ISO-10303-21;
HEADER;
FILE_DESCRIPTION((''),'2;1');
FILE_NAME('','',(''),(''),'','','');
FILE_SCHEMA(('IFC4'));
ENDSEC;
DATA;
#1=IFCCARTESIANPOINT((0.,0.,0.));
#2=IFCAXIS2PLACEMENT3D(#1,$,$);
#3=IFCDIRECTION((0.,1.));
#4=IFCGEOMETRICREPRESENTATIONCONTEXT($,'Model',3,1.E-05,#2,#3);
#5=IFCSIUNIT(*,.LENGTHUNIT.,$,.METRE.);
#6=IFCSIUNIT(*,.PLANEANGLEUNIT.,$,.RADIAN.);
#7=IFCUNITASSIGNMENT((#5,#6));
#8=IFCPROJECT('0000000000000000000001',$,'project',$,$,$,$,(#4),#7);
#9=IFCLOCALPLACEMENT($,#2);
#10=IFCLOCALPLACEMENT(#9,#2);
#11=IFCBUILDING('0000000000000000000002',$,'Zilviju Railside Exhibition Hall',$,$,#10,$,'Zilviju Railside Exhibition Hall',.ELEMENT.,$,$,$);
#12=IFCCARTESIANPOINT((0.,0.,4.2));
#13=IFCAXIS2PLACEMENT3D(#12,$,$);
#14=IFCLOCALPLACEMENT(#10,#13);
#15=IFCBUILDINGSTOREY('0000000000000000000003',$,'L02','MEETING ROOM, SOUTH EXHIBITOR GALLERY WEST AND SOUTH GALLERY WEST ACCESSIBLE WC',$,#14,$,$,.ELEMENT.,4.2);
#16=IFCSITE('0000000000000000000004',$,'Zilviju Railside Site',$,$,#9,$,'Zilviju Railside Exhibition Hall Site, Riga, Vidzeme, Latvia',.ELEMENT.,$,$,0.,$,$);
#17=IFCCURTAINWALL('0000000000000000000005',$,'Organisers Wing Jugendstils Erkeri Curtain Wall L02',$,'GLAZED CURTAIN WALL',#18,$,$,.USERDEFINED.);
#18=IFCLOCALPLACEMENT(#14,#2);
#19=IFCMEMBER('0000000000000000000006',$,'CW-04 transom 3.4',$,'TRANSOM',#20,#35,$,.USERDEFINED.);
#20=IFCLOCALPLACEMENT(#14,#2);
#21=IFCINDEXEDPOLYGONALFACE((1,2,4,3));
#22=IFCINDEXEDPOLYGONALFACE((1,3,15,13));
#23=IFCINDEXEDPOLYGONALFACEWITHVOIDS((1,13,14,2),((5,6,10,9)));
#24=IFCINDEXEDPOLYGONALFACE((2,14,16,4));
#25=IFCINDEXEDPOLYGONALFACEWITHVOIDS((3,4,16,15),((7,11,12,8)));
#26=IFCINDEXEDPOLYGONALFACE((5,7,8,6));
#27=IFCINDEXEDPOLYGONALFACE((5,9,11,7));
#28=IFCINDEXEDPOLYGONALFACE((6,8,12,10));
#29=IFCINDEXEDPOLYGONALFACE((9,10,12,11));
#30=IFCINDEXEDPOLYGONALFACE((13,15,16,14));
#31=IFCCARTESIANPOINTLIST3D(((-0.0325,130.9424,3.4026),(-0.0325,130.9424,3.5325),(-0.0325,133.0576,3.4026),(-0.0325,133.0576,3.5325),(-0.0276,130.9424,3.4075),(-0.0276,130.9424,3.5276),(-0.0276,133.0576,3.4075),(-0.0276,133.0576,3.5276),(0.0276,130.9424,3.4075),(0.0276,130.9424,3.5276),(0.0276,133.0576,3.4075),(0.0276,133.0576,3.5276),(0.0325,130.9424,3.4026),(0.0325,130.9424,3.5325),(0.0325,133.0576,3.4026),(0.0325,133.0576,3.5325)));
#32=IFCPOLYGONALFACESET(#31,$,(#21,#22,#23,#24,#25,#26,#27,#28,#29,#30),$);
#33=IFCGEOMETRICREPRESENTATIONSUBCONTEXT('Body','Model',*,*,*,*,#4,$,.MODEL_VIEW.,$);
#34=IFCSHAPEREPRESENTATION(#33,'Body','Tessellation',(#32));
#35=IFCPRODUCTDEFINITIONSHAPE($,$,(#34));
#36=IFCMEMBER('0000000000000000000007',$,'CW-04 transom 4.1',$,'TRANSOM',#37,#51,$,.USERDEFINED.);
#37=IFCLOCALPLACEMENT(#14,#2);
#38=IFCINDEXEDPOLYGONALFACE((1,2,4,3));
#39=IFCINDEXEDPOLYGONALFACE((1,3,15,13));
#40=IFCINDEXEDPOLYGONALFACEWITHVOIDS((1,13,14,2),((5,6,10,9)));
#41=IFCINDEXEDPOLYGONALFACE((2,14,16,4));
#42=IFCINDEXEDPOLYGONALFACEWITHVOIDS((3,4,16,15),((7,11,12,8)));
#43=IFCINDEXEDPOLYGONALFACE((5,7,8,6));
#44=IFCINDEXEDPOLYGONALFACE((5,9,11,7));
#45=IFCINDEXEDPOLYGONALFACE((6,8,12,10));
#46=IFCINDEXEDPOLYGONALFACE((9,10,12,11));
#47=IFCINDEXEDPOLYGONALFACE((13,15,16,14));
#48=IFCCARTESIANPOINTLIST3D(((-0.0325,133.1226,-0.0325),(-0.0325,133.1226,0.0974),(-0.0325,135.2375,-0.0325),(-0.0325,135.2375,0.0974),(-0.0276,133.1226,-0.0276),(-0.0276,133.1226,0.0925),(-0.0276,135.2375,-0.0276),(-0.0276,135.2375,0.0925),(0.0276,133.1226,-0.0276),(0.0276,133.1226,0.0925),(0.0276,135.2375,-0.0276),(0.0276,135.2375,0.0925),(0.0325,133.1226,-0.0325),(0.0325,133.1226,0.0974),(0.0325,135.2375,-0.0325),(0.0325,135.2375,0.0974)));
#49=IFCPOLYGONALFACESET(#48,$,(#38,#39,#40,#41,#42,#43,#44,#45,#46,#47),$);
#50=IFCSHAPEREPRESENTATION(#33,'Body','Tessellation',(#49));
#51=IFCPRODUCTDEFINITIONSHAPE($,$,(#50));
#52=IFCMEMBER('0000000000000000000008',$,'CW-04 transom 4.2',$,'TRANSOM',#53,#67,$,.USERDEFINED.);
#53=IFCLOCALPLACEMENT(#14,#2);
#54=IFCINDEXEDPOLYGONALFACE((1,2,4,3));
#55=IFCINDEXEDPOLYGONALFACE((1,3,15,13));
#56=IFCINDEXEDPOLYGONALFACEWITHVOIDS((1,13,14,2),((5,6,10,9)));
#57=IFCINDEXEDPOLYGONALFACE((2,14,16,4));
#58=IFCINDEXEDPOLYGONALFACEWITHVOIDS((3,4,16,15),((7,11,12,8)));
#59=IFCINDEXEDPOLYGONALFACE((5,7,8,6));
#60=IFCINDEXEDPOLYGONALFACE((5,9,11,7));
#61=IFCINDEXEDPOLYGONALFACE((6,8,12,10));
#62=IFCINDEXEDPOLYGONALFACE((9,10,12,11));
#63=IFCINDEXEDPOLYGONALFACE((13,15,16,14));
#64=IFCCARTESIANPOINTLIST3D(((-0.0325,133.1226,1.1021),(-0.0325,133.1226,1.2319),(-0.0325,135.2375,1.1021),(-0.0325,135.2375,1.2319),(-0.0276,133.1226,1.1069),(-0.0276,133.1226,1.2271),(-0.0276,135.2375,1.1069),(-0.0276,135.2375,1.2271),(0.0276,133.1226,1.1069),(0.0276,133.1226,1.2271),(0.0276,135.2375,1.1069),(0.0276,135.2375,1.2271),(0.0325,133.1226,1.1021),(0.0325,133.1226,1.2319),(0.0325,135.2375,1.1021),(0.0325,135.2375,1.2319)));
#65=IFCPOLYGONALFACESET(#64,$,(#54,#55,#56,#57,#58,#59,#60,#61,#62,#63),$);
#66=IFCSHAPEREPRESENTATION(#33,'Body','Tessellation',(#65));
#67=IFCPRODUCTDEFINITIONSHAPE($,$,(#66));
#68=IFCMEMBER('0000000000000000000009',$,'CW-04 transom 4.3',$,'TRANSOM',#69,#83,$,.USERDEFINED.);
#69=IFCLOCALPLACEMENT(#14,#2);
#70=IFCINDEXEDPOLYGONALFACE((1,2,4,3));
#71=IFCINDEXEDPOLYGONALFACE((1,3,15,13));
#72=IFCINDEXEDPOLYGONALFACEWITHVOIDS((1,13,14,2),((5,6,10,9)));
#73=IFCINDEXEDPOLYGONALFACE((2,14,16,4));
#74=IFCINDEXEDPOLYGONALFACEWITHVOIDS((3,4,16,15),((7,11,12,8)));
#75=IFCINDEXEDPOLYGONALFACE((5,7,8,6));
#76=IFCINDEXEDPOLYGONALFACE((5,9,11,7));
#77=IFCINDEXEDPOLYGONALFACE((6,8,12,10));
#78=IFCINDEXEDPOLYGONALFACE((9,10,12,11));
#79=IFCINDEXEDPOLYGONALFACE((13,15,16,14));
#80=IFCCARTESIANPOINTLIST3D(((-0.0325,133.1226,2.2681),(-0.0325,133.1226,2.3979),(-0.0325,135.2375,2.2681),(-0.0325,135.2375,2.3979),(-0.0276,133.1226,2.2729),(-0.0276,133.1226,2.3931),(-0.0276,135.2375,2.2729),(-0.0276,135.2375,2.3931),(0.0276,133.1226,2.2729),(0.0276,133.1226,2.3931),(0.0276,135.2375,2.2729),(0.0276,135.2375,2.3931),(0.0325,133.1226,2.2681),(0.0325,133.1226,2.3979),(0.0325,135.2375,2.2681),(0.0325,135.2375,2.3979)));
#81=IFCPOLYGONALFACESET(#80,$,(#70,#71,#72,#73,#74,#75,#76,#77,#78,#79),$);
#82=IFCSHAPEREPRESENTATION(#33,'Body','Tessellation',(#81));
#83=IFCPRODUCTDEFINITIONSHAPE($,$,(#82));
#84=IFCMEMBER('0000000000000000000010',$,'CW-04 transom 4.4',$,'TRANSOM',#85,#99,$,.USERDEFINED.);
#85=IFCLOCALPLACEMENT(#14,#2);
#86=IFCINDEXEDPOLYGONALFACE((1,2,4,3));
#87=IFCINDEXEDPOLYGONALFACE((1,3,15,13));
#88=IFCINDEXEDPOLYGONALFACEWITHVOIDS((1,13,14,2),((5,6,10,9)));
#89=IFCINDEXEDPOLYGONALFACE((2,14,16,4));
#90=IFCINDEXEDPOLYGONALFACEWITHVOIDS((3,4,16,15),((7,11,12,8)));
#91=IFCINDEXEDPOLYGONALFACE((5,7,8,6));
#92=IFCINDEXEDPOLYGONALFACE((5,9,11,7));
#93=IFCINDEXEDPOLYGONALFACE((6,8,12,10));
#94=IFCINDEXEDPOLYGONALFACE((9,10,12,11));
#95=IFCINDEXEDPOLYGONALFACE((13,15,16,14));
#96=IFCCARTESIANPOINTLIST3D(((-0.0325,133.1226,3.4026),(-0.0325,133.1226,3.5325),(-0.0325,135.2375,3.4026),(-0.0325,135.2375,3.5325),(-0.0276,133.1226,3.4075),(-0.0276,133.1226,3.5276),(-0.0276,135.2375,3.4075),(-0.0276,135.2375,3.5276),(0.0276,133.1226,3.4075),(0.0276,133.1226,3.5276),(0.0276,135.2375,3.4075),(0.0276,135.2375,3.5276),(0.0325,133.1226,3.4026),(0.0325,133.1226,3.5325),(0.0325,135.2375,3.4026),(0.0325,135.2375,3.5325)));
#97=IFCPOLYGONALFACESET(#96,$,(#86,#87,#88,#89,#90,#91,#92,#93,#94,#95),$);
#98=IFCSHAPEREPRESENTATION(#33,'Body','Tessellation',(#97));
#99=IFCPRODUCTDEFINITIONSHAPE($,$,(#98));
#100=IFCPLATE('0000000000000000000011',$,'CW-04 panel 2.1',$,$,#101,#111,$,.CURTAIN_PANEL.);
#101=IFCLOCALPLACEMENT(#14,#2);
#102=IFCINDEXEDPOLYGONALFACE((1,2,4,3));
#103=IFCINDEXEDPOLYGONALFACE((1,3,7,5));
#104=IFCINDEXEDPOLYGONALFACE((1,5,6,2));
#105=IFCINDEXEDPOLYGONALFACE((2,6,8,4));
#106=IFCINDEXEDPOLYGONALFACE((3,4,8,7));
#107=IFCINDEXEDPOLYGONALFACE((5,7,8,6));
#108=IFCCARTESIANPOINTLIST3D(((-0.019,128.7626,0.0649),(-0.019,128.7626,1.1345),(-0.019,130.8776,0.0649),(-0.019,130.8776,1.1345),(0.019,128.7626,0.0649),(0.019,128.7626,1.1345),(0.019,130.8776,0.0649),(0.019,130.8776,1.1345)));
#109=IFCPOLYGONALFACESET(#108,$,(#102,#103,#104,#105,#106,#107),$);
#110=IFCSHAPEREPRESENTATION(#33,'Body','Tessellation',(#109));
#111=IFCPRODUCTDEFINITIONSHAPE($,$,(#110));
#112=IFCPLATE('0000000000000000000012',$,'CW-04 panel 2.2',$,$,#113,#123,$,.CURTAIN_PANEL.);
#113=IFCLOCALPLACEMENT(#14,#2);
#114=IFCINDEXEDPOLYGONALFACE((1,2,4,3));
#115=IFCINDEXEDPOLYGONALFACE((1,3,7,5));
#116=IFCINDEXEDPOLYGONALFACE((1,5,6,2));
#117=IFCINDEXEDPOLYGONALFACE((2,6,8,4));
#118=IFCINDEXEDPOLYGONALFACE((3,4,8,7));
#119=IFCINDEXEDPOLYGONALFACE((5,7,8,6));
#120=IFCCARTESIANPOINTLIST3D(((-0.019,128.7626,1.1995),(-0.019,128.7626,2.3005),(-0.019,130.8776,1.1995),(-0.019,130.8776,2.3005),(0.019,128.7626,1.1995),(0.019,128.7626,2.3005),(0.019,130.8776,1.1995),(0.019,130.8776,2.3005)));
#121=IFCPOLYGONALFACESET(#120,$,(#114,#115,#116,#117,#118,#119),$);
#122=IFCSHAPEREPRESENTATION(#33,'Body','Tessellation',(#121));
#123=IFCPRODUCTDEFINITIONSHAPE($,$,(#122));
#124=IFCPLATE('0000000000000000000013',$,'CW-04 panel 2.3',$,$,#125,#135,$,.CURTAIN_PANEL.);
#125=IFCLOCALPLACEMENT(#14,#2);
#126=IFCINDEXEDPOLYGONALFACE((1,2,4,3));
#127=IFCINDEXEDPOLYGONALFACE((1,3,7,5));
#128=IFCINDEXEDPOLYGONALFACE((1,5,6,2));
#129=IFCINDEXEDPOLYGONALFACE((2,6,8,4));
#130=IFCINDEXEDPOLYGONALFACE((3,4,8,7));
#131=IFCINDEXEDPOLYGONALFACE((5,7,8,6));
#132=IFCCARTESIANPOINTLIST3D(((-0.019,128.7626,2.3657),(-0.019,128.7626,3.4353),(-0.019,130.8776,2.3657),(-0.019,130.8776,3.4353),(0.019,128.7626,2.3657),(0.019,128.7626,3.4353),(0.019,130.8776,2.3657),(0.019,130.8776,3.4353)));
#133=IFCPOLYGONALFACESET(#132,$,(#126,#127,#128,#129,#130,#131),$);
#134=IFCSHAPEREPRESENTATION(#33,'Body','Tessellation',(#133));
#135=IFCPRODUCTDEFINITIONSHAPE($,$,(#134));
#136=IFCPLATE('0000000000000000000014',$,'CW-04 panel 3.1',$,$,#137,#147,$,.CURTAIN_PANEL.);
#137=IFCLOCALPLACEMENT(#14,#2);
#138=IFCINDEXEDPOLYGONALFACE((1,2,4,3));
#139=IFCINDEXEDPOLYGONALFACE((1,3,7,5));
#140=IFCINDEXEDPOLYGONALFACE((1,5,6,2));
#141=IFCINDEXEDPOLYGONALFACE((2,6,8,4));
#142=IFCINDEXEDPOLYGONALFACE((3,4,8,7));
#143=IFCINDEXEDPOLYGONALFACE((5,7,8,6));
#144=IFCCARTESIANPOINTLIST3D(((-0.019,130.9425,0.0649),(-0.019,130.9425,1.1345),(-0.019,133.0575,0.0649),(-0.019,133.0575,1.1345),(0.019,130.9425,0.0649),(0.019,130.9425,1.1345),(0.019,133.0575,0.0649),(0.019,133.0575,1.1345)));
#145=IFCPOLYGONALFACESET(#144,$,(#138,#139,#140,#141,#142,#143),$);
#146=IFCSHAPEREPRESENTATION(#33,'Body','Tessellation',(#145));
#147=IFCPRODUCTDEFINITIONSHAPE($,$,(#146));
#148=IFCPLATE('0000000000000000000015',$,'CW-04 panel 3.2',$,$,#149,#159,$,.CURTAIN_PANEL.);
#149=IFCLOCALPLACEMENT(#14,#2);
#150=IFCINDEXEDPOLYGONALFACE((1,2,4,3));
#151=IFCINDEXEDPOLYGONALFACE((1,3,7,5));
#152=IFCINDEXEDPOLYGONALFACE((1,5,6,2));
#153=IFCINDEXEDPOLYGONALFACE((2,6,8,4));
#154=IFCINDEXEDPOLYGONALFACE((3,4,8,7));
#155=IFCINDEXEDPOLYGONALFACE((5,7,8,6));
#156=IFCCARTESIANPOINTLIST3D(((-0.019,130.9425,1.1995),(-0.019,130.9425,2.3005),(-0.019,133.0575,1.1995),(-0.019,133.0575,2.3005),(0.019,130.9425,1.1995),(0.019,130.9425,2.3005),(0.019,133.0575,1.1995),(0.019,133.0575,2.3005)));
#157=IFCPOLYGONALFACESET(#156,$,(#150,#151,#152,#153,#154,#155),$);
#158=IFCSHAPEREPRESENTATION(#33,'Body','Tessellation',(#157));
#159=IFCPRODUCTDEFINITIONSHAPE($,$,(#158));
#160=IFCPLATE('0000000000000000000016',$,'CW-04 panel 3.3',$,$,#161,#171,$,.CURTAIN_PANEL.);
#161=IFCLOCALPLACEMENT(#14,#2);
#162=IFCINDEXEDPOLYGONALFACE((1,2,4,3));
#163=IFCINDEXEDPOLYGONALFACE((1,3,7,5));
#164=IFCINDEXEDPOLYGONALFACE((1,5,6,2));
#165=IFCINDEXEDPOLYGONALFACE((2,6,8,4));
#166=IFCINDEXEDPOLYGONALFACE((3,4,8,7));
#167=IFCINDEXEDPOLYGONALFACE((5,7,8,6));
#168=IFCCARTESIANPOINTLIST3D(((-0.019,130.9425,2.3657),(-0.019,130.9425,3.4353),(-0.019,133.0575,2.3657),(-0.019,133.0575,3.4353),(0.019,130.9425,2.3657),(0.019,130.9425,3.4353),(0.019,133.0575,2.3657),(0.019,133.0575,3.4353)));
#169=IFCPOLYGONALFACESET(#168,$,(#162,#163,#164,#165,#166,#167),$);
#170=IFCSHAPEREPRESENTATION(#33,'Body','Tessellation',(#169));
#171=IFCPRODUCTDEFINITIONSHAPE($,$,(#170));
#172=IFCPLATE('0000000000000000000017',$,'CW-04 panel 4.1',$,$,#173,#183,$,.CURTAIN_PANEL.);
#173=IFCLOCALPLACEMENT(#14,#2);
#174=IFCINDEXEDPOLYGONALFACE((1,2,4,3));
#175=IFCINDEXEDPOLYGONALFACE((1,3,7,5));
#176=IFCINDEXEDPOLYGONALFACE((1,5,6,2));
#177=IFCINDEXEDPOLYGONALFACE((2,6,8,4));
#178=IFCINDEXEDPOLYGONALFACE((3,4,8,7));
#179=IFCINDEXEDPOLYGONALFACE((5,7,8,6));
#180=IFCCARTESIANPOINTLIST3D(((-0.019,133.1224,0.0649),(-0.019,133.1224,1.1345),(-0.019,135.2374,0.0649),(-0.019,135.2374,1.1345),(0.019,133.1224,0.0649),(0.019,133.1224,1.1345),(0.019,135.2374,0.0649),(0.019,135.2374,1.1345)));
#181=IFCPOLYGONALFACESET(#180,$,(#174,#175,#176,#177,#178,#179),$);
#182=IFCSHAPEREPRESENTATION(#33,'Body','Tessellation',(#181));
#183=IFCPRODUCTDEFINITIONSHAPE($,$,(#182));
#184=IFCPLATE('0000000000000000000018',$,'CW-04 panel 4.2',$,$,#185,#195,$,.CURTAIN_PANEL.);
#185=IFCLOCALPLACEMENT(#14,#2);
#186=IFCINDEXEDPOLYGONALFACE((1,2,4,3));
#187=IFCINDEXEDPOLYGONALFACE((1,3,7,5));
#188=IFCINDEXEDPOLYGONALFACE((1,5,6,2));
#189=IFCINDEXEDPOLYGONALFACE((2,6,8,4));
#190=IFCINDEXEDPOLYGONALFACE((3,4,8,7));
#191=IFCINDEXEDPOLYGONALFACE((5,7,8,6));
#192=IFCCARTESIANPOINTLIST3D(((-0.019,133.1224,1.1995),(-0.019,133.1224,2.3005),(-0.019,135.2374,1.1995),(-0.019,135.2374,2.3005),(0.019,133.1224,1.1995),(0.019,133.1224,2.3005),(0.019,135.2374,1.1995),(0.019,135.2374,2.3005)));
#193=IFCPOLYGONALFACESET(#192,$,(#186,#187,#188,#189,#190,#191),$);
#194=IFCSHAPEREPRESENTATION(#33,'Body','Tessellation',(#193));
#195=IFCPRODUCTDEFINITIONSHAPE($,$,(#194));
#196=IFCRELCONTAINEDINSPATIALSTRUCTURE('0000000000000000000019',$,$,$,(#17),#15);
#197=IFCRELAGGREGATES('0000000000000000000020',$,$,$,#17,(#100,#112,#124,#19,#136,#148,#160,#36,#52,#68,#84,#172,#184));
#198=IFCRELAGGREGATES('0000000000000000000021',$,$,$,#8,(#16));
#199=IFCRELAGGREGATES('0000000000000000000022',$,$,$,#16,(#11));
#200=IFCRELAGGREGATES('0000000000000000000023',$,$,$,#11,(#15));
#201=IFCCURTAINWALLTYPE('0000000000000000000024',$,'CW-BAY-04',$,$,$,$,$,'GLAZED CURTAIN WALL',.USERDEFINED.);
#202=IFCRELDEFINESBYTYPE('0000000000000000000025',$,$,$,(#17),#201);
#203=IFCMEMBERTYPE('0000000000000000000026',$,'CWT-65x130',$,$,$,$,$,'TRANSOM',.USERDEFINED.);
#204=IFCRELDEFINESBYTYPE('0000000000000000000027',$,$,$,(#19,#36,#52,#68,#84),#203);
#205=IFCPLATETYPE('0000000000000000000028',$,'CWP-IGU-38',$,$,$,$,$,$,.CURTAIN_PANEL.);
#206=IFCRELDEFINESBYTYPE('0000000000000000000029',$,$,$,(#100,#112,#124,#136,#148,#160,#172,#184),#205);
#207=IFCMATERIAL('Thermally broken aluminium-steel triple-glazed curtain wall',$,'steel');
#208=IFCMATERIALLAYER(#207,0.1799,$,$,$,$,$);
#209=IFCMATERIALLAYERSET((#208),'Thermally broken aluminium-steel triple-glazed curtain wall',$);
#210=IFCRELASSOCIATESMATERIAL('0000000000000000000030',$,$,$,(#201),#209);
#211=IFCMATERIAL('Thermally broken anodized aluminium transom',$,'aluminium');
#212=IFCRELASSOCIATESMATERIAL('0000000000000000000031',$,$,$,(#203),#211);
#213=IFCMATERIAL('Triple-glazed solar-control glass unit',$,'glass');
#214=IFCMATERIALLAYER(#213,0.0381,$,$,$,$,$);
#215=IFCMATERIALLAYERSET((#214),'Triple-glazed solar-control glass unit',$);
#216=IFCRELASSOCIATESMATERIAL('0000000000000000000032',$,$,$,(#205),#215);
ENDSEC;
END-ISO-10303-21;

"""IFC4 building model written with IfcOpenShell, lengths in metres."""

from ifc_helpers import new_model, si_unit, direction, frame, origin, origin_2d, place, context, subcontext, project, spatial, rectangle, hollow_rectangle, extrude, material, layer, layer_set, material_profile, profile_set, type_object, element, aggregate, save


model = new_model("IFC4")

# Units and contexts
model_context = context("Model", 3, precision=1e-05, world=origin(), true_north=direction((0.0, 1.0)))
body_context = subcontext(model_context, "Body", "Model", "MODEL_VIEW")
ifc_project = project(units=[si_unit("LENGTHUNIT", "METRE"), si_unit("PLANEANGLEUNIT", "RADIAN")], contexts=[model_context])

# Site, building, storey
site_placement = place(None, origin())
site = spatial("IfcSite", under=ifc_project, at=site_placement, Name="Zilviju Railside Site", LongName="Zilviju Railside Exhibition Hall Site, Riga, Vidzeme, Latvia", CompositionType="ELEMENT", RefElevation=0.0)
building_placement = place(site_placement, origin())
building = spatial("IfcBuilding", under=site, at=building_placement, Name="Zilviju Railside Exhibition Hall", LongName="Zilviju Railside Exhibition Hall", CompositionType="ELEMENT")
storey_placement = place(building_placement, frame((0.0, 0.0, 4.2)))
storey = spatial("IfcBuildingStorey", under=building, at=storey_placement, Name="L02", Description="MEETING ROOM, SOUTH EXHIBITOR GALLERY WEST AND SOUTH GALLERY WEST ACCESSIBLE WC", CompositionType="ELEMENT", Elevation=4.2)

# Curtain wall, members, plates
ifc_material_1 = material(Name="Thermally broken aluminium-steel triple-glazed curtain wall", Category="steel")
ifc_layer_1 = layer(ifc_material_1, 0.1799)
ifc_layer_set_1 = layer_set([ifc_layer_1], Name="Thermally broken aluminium-steel triple-glazed curtain wall")
curtain_wall_type = type_object("IfcCurtainWallType", Name="CW-BAY-04", ElementType="GLAZED CURTAIN WALL", PredefinedType="USERDEFINED", material=ifc_layer_set_1)
curtain_wall_placement = place(storey_placement, origin())
curtain_wall = element("IfcCurtainWall", 1, at=curtain_wall_placement, inside=storey, type_object=curtain_wall_type, Name="Organisers Wing Jugendstils Erkeri Curtain Wall L02", ObjectType="GLAZED CURTAIN WALL", PredefinedType="USERDEFINED")
ifc_material_2 = material(Name="Thermally broken anodized aluminium transom", Category="aluminium")
ifc_material_profile_1 = material_profile(ifc_material_2, hollow_rectangle(XDim=0.0649, YDim=0.1299, WallThickness=0.0049, at=origin_2d()), Name="TRANSOM 130x65x5")
ifc_profile_set_1 = profile_set([ifc_material_profile_1], Name="Thermally broken anodized aluminium transom")
member_type_1 = type_object("IfcMemberType", Name="CWT-65x130", ElementType="TRANSOM", PredefinedType="USERDEFINED", material=ifc_profile_set_1)
member_1_placement = place(storey_placement, frame((0.0, 130.9424, 3.4675), z_axis=(0.0, 1.0, 0.0), x_axis=(-1.0, 0.0, 0.0)))
member_1 = element("IfcMember", 2, at=member_1_placement, type_object=member_type_1, Name="CW-04 transom 3.4", ObjectType="TRANSOM", PredefinedType="USERDEFINED", context=body_context, shape_type="SweptSolid", body=[
    extrude(hollow_rectangle(XDim=0.0649, YDim=0.1299, WallThickness=0.0049, at=origin_2d()), origin(), (0.0, 0.0, 1.0), 2.1152),
])
member_2_placement = place(storey_placement, frame((0.0, 133.1226, 0.0325), z_axis=(0.0, 1.0, 0.0), x_axis=(-1.0, 0.0, 0.0)))
member_2 = element("IfcMember", 3, at=member_2_placement, type_object=member_type_1, Name="CW-04 transom 4.1", ObjectType="TRANSOM", PredefinedType="USERDEFINED", context=body_context, shape_type="SweptSolid", body=[
    extrude(hollow_rectangle(XDim=0.0649, YDim=0.1299, WallThickness=0.0049, at=origin_2d()), origin(), (0.0, 0.0, 1.0), 2.115),
])
member_3_placement = place(storey_placement, frame((0.0, 133.1226, 1.167), z_axis=(0.0, 1.0, 0.0), x_axis=(-1.0, 0.0, 0.0)))
member_3 = element("IfcMember", 4, at=member_3_placement, type_object=member_type_1, Name="CW-04 transom 4.2", ObjectType="TRANSOM", PredefinedType="USERDEFINED", context=body_context, shape_type="SweptSolid", body=[
    extrude(hollow_rectangle(XDim=0.0649, YDim=0.1299, WallThickness=0.0049, at=origin_2d()), origin(), (0.0, 0.0, 1.0), 2.115),
])
member_4_placement = place(storey_placement, frame((0.0, 133.1226, 2.333), z_axis=(0.0, 1.0, 0.0), x_axis=(-1.0, 0.0, 0.0)))
member_4 = element("IfcMember", 5, at=member_4_placement, type_object=member_type_1, Name="CW-04 transom 4.3", ObjectType="TRANSOM", PredefinedType="USERDEFINED", context=body_context, shape_type="SweptSolid", body=[
    extrude(hollow_rectangle(XDim=0.0649, YDim=0.1299, WallThickness=0.0049, at=origin_2d()), origin(), (0.0, 0.0, 1.0), 2.115),
])
member_5_placement = place(storey_placement, frame((0.0, 133.1226, 3.4675), z_axis=(0.0, 1.0, 0.0), x_axis=(-1.0, 0.0, 0.0)))
member_5 = element("IfcMember", 6, at=member_5_placement, type_object=member_type_1, Name="CW-04 transom 4.4", ObjectType="TRANSOM", PredefinedType="USERDEFINED", context=body_context, shape_type="SweptSolid", body=[
    extrude(hollow_rectangle(XDim=0.0649, YDim=0.1299, WallThickness=0.0049, at=origin_2d()), origin(), (0.0, 0.0, 1.0), 2.115),
])
ifc_material_3 = material(Name="Triple-glazed solar-control glass unit", Category="glass")
ifc_layer_2 = layer(ifc_material_3, 0.0381)
ifc_layer_set_2 = layer_set([ifc_layer_2], Name="Triple-glazed solar-control glass unit")
plate_type = type_object("IfcPlateType", Name="CWP-IGU-38", PredefinedType="CURTAIN_PANEL", material=ifc_layer_set_2)
plate_1_placement = place(storey_placement, frame((0.0, 129.8201, 0.0649), z_axis=(0.0, 0.0, 1.0), x_axis=(0.0, 1.0, 0.0)))
plate_1 = element("IfcPlate", 7, at=plate_1_placement, type_object=plate_type, Name="CW-04 panel 2.1", PredefinedType="CURTAIN_PANEL", context=body_context, shape_type="SweptSolid", body=[
    extrude(rectangle(XDim=2.115, YDim=0.0381, at=origin_2d()), origin(), (0.0, 0.0, 1.0), 1.0696),
])
plate_2_placement = place(storey_placement, frame((0.0, 129.8201, 1.1995), z_axis=(0.0, 0.0, 1.0), x_axis=(0.0, 1.0, 0.0)))
plate_2 = element("IfcPlate", 8, at=plate_2_placement, type_object=plate_type, Name="CW-04 panel 2.2", PredefinedType="CURTAIN_PANEL", context=body_context, shape_type="SweptSolid", body=[
    extrude(rectangle(XDim=2.115, YDim=0.0381, at=origin_2d()), origin(), (0.0, 0.0, 1.0), 1.1011),
])
plate_3_placement = place(storey_placement, frame((0.0, 129.8201, 2.3657), z_axis=(0.0, 0.0, 1.0), x_axis=(0.0, 1.0, 0.0)))
plate_3 = element("IfcPlate", 9, at=plate_3_placement, type_object=plate_type, Name="CW-04 panel 2.3", PredefinedType="CURTAIN_PANEL", context=body_context, shape_type="SweptSolid", body=[
    extrude(rectangle(XDim=2.115, YDim=0.0381, at=origin_2d()), origin(), (0.0, 0.0, 1.0), 1.0696),
])
plate_4_placement = place(storey_placement, frame((0.0, 132.0, 0.0649), z_axis=(0.0, 0.0, 1.0), x_axis=(0.0, 1.0, 0.0)))
plate_4 = element("IfcPlate", 10, at=plate_4_placement, type_object=plate_type, Name="CW-04 panel 3.1", PredefinedType="CURTAIN_PANEL", context=body_context, shape_type="SweptSolid", body=[
    extrude(rectangle(XDim=2.115, YDim=0.0381, at=origin_2d()), origin(), (0.0, 0.0, 1.0), 1.0696),
])
plate_5_placement = place(storey_placement, frame((0.0, 132.0, 1.1995), z_axis=(0.0, 0.0, 1.0), x_axis=(0.0, 1.0, 0.0)))
plate_5 = element("IfcPlate", 11, at=plate_5_placement, type_object=plate_type, Name="CW-04 panel 3.2", PredefinedType="CURTAIN_PANEL", context=body_context, shape_type="SweptSolid", body=[
    extrude(rectangle(XDim=2.115, YDim=0.0381, at=origin_2d()), origin(), (0.0, 0.0, 1.0), 1.1011),
])
plate_6_placement = place(storey_placement, frame((0.0, 132.0, 2.3657), z_axis=(0.0, 0.0, 1.0), x_axis=(0.0, 1.0, 0.0)))
plate_6 = element("IfcPlate", 12, at=plate_6_placement, type_object=plate_type, Name="CW-04 panel 3.3", PredefinedType="CURTAIN_PANEL", context=body_context, shape_type="SweptSolid", body=[
    extrude(rectangle(XDim=2.115, YDim=0.0381, at=origin_2d()), origin(), (0.0, 0.0, 1.0), 1.0696),
])
plate_7_placement = place(storey_placement, frame((0.0, 134.1799, 0.0649), z_axis=(0.0, 0.0, 1.0), x_axis=(0.0, 1.0, 0.0)))
plate_7 = element("IfcPlate", 13, at=plate_7_placement, type_object=plate_type, Name="CW-04 panel 4.1", PredefinedType="CURTAIN_PANEL", context=body_context, shape_type="SweptSolid", body=[
    extrude(rectangle(XDim=2.115, YDim=0.0381, at=origin_2d()), origin(), (0.0, 0.0, 1.0), 1.0696),
])
plate_8_placement = place(storey_placement, frame((0.0, 134.1799, 1.1995), z_axis=(0.0, 0.0, 1.0), x_axis=(0.0, 1.0, 0.0)))
plate_8 = element("IfcPlate", 14, at=plate_8_placement, type_object=plate_type, Name="CW-04 panel 4.2", PredefinedType="CURTAIN_PANEL", context=body_context, shape_type="SweptSolid", body=[
    extrude(rectangle(XDim=2.115, YDim=0.0381, at=origin_2d()), origin(), (0.0, 0.0, 1.0), 1.1011),
])
aggregate(curtain_wall, [plate_1, plate_2, plate_3, member_1, plate_4, plate_5, plate_6, member_2, member_3, member_4, member_5, plate_7, plate_8])

save(model, "model.ifc")
